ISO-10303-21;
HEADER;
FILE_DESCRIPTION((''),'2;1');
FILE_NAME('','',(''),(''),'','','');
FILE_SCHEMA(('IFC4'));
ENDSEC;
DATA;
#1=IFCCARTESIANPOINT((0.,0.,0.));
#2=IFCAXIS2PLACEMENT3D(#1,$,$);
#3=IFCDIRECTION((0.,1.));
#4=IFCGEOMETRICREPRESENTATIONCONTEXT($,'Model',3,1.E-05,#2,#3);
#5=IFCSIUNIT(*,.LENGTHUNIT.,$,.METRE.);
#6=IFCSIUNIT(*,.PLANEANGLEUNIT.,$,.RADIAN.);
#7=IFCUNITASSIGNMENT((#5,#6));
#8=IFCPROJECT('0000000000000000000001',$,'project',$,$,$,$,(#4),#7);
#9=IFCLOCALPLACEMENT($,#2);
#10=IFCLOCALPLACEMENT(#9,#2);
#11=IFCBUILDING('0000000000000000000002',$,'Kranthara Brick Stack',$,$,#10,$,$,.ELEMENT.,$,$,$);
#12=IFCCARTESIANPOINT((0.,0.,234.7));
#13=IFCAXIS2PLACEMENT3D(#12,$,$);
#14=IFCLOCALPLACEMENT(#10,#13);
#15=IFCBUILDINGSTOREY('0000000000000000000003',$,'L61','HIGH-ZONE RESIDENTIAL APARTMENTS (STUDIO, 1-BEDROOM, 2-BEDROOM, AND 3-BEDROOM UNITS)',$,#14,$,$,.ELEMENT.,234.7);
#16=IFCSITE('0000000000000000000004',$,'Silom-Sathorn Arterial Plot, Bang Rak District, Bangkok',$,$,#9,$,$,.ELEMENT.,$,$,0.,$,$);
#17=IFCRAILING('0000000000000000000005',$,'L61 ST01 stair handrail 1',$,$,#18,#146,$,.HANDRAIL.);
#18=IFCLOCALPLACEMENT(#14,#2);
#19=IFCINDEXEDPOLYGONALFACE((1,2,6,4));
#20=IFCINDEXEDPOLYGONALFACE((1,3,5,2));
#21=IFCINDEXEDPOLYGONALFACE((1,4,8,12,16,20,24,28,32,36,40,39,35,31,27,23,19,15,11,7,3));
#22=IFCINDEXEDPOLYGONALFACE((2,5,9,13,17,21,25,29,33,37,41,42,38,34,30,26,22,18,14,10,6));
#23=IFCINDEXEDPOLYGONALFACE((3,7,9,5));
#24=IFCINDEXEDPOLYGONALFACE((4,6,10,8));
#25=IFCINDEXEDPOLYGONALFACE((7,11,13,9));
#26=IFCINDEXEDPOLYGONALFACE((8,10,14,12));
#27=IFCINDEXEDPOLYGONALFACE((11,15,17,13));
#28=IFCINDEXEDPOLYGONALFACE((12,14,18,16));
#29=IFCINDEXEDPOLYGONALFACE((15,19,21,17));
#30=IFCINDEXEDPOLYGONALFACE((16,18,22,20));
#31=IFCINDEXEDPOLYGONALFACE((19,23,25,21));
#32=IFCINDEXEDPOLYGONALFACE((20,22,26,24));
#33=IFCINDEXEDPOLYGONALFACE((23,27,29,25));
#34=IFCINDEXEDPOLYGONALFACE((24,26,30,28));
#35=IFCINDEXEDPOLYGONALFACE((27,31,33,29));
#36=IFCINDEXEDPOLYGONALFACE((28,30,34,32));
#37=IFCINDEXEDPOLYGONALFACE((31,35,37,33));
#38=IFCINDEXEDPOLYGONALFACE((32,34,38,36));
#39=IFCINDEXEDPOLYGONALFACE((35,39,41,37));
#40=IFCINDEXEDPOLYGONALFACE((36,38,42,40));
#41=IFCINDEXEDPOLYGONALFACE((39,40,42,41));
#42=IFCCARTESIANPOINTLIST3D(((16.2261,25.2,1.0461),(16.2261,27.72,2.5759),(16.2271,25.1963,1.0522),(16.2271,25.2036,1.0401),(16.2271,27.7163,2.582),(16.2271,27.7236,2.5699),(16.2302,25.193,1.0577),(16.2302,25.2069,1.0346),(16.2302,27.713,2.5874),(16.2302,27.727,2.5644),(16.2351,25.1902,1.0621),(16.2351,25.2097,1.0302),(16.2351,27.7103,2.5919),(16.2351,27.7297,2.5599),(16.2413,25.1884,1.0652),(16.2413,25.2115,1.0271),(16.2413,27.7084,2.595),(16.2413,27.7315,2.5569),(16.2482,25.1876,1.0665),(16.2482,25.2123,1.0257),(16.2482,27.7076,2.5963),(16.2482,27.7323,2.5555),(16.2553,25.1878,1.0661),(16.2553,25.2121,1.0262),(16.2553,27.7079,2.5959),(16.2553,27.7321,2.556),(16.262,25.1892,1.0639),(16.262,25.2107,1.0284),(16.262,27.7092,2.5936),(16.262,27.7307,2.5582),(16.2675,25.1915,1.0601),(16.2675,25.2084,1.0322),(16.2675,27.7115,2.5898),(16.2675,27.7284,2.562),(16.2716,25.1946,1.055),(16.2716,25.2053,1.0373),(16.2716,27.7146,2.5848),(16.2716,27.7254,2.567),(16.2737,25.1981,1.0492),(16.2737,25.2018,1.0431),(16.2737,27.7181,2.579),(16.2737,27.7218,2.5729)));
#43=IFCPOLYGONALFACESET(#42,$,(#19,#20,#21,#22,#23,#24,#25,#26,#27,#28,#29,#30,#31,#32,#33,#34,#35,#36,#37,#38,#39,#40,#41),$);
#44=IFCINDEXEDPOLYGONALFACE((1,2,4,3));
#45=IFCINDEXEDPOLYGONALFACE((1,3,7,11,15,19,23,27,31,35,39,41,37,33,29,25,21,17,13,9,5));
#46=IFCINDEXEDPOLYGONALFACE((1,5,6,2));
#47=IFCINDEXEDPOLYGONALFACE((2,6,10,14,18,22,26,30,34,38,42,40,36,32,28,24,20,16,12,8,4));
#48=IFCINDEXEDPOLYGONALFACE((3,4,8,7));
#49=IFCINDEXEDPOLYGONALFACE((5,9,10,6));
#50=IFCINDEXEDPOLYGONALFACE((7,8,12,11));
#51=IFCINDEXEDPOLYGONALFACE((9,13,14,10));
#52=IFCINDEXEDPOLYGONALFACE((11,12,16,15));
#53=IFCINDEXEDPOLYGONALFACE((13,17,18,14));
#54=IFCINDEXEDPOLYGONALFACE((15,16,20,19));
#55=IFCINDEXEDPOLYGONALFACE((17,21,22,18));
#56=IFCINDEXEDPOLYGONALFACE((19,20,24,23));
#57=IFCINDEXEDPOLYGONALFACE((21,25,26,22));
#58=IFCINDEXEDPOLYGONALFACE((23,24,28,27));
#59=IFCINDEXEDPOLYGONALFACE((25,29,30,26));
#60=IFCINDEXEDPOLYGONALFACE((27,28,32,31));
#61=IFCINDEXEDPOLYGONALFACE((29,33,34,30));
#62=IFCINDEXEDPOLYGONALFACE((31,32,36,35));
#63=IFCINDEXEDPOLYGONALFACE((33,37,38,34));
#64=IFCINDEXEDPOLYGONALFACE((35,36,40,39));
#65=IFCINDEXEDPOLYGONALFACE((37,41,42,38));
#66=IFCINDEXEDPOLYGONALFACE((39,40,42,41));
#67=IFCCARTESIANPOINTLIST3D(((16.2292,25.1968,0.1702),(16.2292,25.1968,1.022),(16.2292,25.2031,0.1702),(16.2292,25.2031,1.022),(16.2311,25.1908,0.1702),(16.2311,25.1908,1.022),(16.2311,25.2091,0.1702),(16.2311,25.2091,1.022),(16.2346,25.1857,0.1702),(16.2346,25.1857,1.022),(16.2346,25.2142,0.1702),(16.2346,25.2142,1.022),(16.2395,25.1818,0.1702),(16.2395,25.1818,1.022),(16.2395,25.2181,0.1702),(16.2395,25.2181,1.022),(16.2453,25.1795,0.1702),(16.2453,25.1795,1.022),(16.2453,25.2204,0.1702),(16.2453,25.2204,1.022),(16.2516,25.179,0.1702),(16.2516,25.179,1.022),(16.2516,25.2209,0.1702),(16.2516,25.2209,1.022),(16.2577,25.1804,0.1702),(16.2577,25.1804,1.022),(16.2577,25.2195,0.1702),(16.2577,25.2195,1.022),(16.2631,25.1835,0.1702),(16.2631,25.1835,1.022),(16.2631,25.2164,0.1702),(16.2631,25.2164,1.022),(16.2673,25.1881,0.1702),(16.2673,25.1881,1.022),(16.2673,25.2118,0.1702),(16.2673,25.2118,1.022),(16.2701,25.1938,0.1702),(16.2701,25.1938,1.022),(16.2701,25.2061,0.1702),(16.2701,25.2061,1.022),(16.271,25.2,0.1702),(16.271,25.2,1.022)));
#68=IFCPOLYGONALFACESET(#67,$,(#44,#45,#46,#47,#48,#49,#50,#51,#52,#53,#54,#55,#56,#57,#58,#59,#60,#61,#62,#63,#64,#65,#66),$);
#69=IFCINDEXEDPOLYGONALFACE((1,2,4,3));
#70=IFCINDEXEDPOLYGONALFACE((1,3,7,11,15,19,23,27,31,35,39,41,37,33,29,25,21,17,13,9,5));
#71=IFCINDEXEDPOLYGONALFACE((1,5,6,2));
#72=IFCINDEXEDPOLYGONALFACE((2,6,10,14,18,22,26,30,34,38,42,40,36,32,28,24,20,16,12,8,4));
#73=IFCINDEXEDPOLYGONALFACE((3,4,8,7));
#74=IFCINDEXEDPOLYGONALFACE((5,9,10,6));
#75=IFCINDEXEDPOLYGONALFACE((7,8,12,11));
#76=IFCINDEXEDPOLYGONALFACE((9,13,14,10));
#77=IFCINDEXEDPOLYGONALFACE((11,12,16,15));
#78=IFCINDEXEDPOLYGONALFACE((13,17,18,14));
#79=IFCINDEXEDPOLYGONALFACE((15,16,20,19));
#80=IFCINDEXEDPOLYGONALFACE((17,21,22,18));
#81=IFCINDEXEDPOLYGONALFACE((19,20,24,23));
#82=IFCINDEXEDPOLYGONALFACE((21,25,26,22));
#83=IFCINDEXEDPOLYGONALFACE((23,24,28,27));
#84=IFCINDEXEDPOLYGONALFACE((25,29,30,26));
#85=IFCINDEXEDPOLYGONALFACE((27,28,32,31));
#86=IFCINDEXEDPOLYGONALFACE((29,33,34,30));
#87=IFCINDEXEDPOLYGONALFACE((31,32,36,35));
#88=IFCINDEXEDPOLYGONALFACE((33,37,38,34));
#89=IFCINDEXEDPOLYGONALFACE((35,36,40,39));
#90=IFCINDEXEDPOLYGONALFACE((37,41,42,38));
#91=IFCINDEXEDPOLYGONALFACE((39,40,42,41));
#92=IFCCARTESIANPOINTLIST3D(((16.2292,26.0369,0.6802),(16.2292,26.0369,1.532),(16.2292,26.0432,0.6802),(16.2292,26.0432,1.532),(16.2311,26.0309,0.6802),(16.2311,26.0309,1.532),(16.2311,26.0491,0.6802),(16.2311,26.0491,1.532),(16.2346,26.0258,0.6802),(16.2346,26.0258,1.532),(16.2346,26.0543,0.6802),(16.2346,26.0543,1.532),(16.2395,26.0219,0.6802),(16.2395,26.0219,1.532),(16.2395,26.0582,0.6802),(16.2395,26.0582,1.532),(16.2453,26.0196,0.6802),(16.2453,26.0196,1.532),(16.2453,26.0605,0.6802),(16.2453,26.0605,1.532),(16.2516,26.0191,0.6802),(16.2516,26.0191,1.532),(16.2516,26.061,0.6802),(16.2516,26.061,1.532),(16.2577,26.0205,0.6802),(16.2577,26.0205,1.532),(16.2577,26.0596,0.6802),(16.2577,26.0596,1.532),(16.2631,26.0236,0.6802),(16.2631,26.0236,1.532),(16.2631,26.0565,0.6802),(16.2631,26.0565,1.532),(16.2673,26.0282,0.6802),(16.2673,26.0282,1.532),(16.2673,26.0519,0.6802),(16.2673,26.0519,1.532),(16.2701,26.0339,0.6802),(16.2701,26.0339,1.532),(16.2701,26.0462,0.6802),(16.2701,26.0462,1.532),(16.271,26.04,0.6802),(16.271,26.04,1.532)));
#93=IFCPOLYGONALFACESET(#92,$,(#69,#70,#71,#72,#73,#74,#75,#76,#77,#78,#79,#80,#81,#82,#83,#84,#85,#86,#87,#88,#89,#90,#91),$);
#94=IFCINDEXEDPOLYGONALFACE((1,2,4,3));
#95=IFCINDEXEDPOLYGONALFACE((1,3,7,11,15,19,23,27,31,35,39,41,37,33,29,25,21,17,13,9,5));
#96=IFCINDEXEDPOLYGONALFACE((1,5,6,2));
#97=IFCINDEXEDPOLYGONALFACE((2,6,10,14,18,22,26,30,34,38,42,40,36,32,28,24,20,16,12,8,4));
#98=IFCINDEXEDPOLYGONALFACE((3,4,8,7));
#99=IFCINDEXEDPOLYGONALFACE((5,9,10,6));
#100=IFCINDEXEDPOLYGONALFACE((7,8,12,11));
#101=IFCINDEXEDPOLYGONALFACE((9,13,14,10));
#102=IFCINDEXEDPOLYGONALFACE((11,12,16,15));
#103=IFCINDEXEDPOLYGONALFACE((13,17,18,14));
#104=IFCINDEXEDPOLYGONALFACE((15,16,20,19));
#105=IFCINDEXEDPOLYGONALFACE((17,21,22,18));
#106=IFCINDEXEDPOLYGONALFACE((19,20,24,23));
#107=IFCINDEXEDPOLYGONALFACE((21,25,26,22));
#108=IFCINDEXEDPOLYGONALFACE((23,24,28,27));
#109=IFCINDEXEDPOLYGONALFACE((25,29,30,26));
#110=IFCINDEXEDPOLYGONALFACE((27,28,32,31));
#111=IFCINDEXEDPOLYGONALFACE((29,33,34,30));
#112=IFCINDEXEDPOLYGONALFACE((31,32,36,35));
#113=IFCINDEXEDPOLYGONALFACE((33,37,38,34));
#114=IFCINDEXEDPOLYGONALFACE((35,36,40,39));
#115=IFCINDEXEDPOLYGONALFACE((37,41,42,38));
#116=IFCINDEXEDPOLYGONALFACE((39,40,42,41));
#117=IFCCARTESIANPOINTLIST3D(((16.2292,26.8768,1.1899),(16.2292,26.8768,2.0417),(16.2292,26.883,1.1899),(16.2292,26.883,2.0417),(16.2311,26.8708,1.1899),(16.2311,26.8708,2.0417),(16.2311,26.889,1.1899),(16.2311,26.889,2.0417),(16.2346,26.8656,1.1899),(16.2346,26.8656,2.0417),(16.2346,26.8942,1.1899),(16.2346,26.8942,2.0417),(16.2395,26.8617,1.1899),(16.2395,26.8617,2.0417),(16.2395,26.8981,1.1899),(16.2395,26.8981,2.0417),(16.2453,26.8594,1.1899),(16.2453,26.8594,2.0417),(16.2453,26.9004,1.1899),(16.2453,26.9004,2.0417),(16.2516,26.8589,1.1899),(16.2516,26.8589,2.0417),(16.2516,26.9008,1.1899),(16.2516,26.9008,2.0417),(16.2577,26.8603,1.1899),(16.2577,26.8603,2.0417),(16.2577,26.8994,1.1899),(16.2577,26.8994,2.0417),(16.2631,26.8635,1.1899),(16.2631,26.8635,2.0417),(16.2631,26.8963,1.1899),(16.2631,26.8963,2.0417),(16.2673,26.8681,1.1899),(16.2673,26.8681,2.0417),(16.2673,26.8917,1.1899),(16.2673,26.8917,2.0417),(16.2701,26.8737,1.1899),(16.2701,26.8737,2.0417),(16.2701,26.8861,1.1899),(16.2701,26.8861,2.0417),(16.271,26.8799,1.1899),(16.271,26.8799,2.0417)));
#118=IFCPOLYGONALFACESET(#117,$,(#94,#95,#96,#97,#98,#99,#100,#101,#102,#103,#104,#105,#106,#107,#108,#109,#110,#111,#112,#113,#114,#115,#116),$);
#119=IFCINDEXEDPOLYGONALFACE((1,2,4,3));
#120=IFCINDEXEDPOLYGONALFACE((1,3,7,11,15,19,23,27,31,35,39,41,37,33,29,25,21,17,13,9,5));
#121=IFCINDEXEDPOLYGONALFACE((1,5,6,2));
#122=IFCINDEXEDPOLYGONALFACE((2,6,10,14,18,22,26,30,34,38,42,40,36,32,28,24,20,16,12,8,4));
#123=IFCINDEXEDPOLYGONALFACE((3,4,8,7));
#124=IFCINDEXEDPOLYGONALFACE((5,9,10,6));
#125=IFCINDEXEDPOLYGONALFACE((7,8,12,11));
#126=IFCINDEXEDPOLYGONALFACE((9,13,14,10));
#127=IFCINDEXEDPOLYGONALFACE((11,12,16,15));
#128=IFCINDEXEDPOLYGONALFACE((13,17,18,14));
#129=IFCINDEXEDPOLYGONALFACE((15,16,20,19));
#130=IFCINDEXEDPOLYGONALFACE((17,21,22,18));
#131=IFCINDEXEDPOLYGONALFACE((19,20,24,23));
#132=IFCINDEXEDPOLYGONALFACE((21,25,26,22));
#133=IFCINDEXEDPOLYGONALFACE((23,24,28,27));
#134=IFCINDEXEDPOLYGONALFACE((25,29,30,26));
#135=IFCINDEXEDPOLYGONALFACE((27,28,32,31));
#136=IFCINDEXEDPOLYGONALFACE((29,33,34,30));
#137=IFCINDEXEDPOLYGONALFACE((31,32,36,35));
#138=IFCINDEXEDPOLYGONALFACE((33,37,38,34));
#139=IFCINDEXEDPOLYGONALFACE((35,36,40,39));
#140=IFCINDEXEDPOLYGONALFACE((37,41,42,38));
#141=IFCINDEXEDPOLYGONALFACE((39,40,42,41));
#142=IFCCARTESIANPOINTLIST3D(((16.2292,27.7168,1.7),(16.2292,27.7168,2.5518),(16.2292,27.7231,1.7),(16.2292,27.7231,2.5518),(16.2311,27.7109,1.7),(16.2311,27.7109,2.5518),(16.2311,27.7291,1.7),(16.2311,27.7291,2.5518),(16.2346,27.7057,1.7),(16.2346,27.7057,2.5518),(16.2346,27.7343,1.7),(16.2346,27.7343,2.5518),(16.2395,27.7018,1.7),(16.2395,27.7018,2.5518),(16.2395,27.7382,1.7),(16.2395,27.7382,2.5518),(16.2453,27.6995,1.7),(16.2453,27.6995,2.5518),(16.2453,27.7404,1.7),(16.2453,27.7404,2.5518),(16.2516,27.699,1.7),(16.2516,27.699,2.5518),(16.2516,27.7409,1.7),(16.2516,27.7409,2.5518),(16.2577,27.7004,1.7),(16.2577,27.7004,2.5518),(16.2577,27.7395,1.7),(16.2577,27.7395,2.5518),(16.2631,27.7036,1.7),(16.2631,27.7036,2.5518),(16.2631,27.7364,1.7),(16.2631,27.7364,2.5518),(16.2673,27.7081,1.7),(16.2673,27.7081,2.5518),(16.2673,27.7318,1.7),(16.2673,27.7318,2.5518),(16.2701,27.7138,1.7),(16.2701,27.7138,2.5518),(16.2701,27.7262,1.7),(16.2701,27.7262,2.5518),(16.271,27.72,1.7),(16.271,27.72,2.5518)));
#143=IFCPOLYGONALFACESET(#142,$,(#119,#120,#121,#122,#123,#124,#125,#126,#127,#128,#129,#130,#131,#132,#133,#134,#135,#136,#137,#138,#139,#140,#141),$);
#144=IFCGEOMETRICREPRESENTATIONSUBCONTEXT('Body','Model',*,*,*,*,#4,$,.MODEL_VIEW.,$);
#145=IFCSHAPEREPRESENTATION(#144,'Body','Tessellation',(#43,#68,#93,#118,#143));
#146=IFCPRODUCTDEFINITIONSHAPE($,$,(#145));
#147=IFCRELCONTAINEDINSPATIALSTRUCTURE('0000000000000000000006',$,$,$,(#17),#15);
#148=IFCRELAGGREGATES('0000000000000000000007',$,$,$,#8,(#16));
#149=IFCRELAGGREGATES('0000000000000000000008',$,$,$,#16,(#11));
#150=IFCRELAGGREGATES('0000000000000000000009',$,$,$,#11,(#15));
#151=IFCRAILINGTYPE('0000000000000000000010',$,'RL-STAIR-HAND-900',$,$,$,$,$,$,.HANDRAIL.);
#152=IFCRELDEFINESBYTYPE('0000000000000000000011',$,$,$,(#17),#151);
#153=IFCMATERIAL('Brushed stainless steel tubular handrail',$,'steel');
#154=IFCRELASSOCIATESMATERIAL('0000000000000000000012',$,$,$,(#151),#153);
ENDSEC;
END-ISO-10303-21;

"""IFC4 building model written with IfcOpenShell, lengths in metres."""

from ifc_helpers import new_model, si_unit, direction, frame, origin, origin_2d, place, context, subcontext, project, spatial, circle, extrude, material, type_object, element, save


model = new_model("IFC4")

# Units and contexts
model_context = context("Model", 3, precision=1e-05, world=origin(), true_north=direction((0.0, 1.0)))
body_context = subcontext(model_context, "Body", "Model", "MODEL_VIEW")
ifc_project = project(units=[si_unit("LENGTHUNIT", "METRE"), si_unit("PLANEANGLEUNIT", "RADIAN")], contexts=[model_context])

# Site, building, storey
site_placement = place(None, origin())
site = spatial("IfcSite", under=ifc_project, at=site_placement, Name="Silom-Sathorn Arterial Plot, Bang Rak District, Bangkok", CompositionType="ELEMENT", RefElevation=0.0)
building_placement = place(site_placement, origin())
building = spatial("IfcBuilding", under=site, at=building_placement, Name="Kranthara Brick Stack", CompositionType="ELEMENT")
storey_placement = place(building_placement, frame((0.0, 0.0, 234.7)))
storey = spatial("IfcBuildingStorey", under=building, at=storey_placement, Name="L61", Description="HIGH-ZONE RESIDENTIAL APARTMENTS (STUDIO, 1-BEDROOM, 2-BEDROOM, AND 3-BEDROOM UNITS)", CompositionType="ELEMENT", Elevation=234.7)

# Railing
ifc_material_1 = material(Name="Brushed stainless steel tubular handrail", Category="steel")
railing_type_1 = type_object("IfcRailingType", Name="RL-STAIR-HAND-900", PredefinedType="HANDRAIL", material=ifc_material_1)
railing_1_placement = place(storey_placement, frame((16.25, 25.2, 0.1702)))
element("IfcRailing", 1, at=railing_1_placement, inside=storey, type_object=railing_type_1, Name="L61 ST01 stair handrail 1", PredefinedType="HANDRAIL", context=body_context, shape_type="SweptSolid", body=[
    extrude(circle(Radius=0.0239, at=origin_2d()), frame((0.0, 0.0, 0.876), z_axis=(0.0, 0.854822, 0.518922), x_axis=(-1.0, 0.0, 0.0)), (0.0, 0.0, 1.0), 2.948),
    extrude(circle(Radius=0.021, at=origin_2d()), origin(), (0.0, 0.0, 1.0), 0.8518),
    extrude(circle(Radius=0.021, at=origin_2d()), frame((0.0, 0.8401, 0.51)), (0.0, 0.0, 1.0), 0.8518),
    extrude(circle(Radius=0.021, at=origin_2d()), frame((0.0, 1.6799, 1.0198)), (0.0, 0.0, 1.0), 0.8518),
    extrude(circle(Radius=0.021, at=origin_2d()), frame((0.0, 2.52, 1.5298)), (0.0, 0.0, 1.0), 0.8518),
])

save(model, "model.ifc")
